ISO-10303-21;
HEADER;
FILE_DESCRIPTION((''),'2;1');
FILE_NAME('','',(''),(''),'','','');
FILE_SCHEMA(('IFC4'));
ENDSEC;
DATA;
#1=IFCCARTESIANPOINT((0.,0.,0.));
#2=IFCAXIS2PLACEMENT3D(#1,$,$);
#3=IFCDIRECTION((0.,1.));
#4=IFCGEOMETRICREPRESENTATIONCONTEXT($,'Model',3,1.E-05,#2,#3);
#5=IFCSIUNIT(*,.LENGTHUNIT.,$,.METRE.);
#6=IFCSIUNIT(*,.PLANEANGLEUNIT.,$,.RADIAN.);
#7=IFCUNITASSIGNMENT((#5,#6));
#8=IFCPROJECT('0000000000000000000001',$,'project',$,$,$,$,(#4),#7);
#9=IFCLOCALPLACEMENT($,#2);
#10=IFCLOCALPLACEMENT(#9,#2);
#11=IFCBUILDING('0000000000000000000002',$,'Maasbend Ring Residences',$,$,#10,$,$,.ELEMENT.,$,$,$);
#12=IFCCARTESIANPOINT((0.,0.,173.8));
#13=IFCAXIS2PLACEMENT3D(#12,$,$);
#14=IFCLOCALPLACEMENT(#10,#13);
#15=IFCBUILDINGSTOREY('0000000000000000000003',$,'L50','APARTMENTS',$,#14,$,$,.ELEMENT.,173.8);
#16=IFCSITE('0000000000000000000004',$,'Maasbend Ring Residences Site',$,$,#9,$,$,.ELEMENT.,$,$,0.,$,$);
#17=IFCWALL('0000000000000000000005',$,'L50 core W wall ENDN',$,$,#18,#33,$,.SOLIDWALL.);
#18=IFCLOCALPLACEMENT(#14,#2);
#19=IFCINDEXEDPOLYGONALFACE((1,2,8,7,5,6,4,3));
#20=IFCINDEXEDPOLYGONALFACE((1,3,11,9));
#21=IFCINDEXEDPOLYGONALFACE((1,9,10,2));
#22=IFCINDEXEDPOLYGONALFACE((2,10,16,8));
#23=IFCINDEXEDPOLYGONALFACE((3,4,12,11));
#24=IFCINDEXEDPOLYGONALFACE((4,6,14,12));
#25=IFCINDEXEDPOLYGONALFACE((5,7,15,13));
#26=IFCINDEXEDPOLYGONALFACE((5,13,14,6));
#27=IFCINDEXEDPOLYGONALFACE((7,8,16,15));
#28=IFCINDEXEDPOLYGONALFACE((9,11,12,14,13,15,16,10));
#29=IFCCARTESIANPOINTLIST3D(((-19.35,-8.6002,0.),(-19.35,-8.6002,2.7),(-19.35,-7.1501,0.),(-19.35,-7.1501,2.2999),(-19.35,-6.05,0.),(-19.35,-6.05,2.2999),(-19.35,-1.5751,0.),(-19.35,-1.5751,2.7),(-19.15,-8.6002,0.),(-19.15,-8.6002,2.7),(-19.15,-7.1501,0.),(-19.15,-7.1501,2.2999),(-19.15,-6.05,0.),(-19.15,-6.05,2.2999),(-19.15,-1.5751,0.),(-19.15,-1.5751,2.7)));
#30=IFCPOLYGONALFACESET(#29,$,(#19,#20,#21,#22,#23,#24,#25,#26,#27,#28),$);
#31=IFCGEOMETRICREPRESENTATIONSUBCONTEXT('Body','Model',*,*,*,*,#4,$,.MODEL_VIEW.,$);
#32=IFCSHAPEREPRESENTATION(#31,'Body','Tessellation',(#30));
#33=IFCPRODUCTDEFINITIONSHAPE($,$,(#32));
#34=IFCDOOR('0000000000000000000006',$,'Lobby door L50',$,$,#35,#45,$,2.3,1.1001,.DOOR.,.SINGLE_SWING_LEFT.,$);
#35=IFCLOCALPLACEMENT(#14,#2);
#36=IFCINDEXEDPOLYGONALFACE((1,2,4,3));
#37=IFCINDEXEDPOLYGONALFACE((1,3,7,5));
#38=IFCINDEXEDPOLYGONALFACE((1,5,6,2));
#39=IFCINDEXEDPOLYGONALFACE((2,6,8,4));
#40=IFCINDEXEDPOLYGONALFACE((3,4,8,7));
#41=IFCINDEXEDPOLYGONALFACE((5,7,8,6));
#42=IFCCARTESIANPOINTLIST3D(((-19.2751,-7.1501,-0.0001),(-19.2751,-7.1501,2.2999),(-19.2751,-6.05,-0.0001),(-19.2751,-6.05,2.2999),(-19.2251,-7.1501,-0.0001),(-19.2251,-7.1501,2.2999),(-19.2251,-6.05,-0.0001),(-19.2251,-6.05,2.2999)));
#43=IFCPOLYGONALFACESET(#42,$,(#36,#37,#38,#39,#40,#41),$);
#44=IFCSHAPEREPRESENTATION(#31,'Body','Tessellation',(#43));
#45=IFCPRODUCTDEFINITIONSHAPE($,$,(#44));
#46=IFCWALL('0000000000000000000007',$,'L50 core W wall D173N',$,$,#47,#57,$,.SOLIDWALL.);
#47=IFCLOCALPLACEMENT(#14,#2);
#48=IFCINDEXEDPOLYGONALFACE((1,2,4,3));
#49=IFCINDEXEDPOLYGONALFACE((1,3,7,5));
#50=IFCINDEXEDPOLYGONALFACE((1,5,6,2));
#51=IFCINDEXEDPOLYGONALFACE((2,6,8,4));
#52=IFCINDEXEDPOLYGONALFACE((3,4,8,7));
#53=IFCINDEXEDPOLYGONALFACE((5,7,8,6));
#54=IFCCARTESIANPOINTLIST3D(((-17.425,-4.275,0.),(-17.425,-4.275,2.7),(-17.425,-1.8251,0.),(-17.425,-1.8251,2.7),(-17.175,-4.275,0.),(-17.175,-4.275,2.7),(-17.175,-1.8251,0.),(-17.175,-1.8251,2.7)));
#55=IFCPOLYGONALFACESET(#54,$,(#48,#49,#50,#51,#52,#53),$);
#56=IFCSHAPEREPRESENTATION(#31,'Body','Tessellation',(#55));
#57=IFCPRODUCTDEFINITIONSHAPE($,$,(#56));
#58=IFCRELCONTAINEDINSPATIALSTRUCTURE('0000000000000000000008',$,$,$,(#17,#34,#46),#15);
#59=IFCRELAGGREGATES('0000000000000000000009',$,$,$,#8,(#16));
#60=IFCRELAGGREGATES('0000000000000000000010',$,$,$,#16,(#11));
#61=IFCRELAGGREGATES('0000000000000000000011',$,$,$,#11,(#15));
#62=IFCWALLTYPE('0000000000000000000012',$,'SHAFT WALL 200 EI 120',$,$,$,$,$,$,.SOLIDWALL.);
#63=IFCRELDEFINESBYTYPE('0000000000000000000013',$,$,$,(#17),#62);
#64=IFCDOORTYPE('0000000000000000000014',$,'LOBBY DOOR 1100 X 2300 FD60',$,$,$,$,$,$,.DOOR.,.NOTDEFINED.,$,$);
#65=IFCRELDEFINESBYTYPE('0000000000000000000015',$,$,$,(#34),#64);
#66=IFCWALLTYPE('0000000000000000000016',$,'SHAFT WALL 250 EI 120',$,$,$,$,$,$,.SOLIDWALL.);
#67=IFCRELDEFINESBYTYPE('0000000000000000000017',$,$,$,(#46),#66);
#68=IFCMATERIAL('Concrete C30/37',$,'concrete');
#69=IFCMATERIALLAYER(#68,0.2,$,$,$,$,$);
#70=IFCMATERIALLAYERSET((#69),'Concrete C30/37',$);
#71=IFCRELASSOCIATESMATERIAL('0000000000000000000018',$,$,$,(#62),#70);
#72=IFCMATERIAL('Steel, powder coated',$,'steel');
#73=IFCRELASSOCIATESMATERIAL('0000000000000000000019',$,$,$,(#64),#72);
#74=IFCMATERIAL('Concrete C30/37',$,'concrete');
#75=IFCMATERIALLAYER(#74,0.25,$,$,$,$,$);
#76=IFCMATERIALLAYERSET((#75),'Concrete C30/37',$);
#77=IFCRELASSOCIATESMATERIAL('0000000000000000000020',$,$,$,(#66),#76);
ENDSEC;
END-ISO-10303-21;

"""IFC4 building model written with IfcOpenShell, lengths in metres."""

from ifc_helpers import new_model, si_unit, direction, frame, frame_2d, origin, place, context, subcontext, project, spatial, rectangle, extrude, material, layer, layer_set, type_object, element, fill, save


model = new_model("IFC4")

# Units and contexts
model_context = context("Model", 3, precision=1e-05, world=origin(), true_north=direction((0.0, 1.0)))
body_context = subcontext(model_context, "Body", "Model", "MODEL_VIEW")
ifc_project = project(units=[si_unit("LENGTHUNIT", "METRE"), si_unit("PLANEANGLEUNIT", "RADIAN")], contexts=[model_context])

# Site, building, storey
site_placement = place(None, origin())
site = spatial("IfcSite", under=ifc_project, at=site_placement, Name="Maasbend Ring Residences Site", CompositionType="ELEMENT", RefElevation=0.0)
building_placement = place(site_placement, origin())
building = spatial("IfcBuilding", under=site, at=building_placement, Name="Maasbend Ring Residences", CompositionType="ELEMENT")
storey_placement = place(building_placement, frame((0.0, 0.0, 173.8)))
storey = spatial("IfcBuildingStorey", under=building, at=storey_placement, Name="L50", Description="APARTMENTS", CompositionType="ELEMENT", Elevation=173.8)

# Wall, opening, door
ifc_material_1 = material(Name="Concrete C30/37", Category="concrete")
ifc_layer_1 = layer(ifc_material_1, 0.2)
ifc_layer_set_1 = layer_set([ifc_layer_1], Name="Concrete C30/37")
wall_type_1 = type_object("IfcWallType", Name="SHAFT WALL 200 EI 120", PredefinedType="SOLIDWALL", material=ifc_layer_set_1)
wall_1_placement = place(storey_placement, frame((-19.25, -1.575, 0.0), z_axis=(0.0, 0.0, 1.0), x_axis=(0.0, -1.0, 0.0)))
wall_1 = element("IfcWall", 1, at=wall_1_placement, inside=storey, type_object=wall_type_1, Name="L50 core W wall ENDN", PredefinedType="SOLIDWALL", context=body_context, shape_type="SweptSolid", body=[
    extrude(rectangle(XDim=7.0251, YDim=0.2, at=frame_2d((3.5127, 0.0))), origin(), (0.0, 0.0, 1.0), 2.7),
])
opening_1_placement = place(wall_1_placement, frame((4.4751, 0.0, 0.0)))
opening_1 = element("IfcOpeningElement", 2, at=opening_1_placement, cuts=wall_1, PredefinedType="OPENING", context=body_context, shape_type="SweptSolid", body=[
    extrude(rectangle(XDim=1.1001, YDim=2.3, at=frame_2d((0.55, 1.1499))), frame((0.0, 0.1099, 0.0), z_axis=(0.0, -1.0, 0.0), x_axis=(1.0, 0.0, 0.0)), (0.0, 0.0, 1.0), 0.22),
])
ifc_material_2 = material(Name="Steel, powder coated", Category="steel")
door_type_1 = type_object("IfcDoorType", Name="LOBBY DOOR 1100 X 2300 FD60", OperationType="NOTDEFINED", PredefinedType="DOOR", material=ifc_material_2)
door_1_placement = place(opening_1_placement, origin())
door_1 = element("IfcDoor", 3, at=door_1_placement, inside=storey, type_object=door_type_1, Name="Lobby door L50", OperationType="SINGLE_SWING_LEFT", OverallHeight=2.3, OverallWidth=1.1001, PredefinedType="DOOR", context=body_context, shape_type="SweptSolid", body=[
    extrude(rectangle(XDim=1.1001, YDim=2.3, at=frame_2d((0.55, 1.1499))), frame((0.0, 0.0249, 0.0), z_axis=(0.0, -1.0, 0.0), x_axis=(1.0, 0.0, 0.0)), (0.0, 0.0, 1.0), 0.05),
])
fill(opening_1, door_1)

# Wall
ifc_material_3 = material(Name="Concrete C30/37", Category="concrete")
ifc_layer_2 = layer(ifc_material_3, 0.25)
ifc_layer_set_2 = layer_set([ifc_layer_2], Name="Concrete C30/37")
wall_type_2 = type_object("IfcWallType", Name="SHAFT WALL 250 EI 120", PredefinedType="SOLIDWALL", material=ifc_layer_set_2)
wall_2_placement = place(storey_placement, frame((-17.3, -1.825, 0.0), z_axis=(0.0, 0.0, 1.0), x_axis=(0.0, -1.0, 0.0)))
element("IfcWall", 4, at=wall_2_placement, inside=storey, type_object=wall_type_2, Name="L50 core W wall D173N", PredefinedType="SOLIDWALL", context=body_context, shape_type="SweptSolid", body=[
    extrude(rectangle(XDim=2.45, YDim=0.25, at=frame_2d((1.2251, 0.0))), origin(), (0.0, 0.0, 1.0), 2.7),
])

save(model, "model.ifc")
